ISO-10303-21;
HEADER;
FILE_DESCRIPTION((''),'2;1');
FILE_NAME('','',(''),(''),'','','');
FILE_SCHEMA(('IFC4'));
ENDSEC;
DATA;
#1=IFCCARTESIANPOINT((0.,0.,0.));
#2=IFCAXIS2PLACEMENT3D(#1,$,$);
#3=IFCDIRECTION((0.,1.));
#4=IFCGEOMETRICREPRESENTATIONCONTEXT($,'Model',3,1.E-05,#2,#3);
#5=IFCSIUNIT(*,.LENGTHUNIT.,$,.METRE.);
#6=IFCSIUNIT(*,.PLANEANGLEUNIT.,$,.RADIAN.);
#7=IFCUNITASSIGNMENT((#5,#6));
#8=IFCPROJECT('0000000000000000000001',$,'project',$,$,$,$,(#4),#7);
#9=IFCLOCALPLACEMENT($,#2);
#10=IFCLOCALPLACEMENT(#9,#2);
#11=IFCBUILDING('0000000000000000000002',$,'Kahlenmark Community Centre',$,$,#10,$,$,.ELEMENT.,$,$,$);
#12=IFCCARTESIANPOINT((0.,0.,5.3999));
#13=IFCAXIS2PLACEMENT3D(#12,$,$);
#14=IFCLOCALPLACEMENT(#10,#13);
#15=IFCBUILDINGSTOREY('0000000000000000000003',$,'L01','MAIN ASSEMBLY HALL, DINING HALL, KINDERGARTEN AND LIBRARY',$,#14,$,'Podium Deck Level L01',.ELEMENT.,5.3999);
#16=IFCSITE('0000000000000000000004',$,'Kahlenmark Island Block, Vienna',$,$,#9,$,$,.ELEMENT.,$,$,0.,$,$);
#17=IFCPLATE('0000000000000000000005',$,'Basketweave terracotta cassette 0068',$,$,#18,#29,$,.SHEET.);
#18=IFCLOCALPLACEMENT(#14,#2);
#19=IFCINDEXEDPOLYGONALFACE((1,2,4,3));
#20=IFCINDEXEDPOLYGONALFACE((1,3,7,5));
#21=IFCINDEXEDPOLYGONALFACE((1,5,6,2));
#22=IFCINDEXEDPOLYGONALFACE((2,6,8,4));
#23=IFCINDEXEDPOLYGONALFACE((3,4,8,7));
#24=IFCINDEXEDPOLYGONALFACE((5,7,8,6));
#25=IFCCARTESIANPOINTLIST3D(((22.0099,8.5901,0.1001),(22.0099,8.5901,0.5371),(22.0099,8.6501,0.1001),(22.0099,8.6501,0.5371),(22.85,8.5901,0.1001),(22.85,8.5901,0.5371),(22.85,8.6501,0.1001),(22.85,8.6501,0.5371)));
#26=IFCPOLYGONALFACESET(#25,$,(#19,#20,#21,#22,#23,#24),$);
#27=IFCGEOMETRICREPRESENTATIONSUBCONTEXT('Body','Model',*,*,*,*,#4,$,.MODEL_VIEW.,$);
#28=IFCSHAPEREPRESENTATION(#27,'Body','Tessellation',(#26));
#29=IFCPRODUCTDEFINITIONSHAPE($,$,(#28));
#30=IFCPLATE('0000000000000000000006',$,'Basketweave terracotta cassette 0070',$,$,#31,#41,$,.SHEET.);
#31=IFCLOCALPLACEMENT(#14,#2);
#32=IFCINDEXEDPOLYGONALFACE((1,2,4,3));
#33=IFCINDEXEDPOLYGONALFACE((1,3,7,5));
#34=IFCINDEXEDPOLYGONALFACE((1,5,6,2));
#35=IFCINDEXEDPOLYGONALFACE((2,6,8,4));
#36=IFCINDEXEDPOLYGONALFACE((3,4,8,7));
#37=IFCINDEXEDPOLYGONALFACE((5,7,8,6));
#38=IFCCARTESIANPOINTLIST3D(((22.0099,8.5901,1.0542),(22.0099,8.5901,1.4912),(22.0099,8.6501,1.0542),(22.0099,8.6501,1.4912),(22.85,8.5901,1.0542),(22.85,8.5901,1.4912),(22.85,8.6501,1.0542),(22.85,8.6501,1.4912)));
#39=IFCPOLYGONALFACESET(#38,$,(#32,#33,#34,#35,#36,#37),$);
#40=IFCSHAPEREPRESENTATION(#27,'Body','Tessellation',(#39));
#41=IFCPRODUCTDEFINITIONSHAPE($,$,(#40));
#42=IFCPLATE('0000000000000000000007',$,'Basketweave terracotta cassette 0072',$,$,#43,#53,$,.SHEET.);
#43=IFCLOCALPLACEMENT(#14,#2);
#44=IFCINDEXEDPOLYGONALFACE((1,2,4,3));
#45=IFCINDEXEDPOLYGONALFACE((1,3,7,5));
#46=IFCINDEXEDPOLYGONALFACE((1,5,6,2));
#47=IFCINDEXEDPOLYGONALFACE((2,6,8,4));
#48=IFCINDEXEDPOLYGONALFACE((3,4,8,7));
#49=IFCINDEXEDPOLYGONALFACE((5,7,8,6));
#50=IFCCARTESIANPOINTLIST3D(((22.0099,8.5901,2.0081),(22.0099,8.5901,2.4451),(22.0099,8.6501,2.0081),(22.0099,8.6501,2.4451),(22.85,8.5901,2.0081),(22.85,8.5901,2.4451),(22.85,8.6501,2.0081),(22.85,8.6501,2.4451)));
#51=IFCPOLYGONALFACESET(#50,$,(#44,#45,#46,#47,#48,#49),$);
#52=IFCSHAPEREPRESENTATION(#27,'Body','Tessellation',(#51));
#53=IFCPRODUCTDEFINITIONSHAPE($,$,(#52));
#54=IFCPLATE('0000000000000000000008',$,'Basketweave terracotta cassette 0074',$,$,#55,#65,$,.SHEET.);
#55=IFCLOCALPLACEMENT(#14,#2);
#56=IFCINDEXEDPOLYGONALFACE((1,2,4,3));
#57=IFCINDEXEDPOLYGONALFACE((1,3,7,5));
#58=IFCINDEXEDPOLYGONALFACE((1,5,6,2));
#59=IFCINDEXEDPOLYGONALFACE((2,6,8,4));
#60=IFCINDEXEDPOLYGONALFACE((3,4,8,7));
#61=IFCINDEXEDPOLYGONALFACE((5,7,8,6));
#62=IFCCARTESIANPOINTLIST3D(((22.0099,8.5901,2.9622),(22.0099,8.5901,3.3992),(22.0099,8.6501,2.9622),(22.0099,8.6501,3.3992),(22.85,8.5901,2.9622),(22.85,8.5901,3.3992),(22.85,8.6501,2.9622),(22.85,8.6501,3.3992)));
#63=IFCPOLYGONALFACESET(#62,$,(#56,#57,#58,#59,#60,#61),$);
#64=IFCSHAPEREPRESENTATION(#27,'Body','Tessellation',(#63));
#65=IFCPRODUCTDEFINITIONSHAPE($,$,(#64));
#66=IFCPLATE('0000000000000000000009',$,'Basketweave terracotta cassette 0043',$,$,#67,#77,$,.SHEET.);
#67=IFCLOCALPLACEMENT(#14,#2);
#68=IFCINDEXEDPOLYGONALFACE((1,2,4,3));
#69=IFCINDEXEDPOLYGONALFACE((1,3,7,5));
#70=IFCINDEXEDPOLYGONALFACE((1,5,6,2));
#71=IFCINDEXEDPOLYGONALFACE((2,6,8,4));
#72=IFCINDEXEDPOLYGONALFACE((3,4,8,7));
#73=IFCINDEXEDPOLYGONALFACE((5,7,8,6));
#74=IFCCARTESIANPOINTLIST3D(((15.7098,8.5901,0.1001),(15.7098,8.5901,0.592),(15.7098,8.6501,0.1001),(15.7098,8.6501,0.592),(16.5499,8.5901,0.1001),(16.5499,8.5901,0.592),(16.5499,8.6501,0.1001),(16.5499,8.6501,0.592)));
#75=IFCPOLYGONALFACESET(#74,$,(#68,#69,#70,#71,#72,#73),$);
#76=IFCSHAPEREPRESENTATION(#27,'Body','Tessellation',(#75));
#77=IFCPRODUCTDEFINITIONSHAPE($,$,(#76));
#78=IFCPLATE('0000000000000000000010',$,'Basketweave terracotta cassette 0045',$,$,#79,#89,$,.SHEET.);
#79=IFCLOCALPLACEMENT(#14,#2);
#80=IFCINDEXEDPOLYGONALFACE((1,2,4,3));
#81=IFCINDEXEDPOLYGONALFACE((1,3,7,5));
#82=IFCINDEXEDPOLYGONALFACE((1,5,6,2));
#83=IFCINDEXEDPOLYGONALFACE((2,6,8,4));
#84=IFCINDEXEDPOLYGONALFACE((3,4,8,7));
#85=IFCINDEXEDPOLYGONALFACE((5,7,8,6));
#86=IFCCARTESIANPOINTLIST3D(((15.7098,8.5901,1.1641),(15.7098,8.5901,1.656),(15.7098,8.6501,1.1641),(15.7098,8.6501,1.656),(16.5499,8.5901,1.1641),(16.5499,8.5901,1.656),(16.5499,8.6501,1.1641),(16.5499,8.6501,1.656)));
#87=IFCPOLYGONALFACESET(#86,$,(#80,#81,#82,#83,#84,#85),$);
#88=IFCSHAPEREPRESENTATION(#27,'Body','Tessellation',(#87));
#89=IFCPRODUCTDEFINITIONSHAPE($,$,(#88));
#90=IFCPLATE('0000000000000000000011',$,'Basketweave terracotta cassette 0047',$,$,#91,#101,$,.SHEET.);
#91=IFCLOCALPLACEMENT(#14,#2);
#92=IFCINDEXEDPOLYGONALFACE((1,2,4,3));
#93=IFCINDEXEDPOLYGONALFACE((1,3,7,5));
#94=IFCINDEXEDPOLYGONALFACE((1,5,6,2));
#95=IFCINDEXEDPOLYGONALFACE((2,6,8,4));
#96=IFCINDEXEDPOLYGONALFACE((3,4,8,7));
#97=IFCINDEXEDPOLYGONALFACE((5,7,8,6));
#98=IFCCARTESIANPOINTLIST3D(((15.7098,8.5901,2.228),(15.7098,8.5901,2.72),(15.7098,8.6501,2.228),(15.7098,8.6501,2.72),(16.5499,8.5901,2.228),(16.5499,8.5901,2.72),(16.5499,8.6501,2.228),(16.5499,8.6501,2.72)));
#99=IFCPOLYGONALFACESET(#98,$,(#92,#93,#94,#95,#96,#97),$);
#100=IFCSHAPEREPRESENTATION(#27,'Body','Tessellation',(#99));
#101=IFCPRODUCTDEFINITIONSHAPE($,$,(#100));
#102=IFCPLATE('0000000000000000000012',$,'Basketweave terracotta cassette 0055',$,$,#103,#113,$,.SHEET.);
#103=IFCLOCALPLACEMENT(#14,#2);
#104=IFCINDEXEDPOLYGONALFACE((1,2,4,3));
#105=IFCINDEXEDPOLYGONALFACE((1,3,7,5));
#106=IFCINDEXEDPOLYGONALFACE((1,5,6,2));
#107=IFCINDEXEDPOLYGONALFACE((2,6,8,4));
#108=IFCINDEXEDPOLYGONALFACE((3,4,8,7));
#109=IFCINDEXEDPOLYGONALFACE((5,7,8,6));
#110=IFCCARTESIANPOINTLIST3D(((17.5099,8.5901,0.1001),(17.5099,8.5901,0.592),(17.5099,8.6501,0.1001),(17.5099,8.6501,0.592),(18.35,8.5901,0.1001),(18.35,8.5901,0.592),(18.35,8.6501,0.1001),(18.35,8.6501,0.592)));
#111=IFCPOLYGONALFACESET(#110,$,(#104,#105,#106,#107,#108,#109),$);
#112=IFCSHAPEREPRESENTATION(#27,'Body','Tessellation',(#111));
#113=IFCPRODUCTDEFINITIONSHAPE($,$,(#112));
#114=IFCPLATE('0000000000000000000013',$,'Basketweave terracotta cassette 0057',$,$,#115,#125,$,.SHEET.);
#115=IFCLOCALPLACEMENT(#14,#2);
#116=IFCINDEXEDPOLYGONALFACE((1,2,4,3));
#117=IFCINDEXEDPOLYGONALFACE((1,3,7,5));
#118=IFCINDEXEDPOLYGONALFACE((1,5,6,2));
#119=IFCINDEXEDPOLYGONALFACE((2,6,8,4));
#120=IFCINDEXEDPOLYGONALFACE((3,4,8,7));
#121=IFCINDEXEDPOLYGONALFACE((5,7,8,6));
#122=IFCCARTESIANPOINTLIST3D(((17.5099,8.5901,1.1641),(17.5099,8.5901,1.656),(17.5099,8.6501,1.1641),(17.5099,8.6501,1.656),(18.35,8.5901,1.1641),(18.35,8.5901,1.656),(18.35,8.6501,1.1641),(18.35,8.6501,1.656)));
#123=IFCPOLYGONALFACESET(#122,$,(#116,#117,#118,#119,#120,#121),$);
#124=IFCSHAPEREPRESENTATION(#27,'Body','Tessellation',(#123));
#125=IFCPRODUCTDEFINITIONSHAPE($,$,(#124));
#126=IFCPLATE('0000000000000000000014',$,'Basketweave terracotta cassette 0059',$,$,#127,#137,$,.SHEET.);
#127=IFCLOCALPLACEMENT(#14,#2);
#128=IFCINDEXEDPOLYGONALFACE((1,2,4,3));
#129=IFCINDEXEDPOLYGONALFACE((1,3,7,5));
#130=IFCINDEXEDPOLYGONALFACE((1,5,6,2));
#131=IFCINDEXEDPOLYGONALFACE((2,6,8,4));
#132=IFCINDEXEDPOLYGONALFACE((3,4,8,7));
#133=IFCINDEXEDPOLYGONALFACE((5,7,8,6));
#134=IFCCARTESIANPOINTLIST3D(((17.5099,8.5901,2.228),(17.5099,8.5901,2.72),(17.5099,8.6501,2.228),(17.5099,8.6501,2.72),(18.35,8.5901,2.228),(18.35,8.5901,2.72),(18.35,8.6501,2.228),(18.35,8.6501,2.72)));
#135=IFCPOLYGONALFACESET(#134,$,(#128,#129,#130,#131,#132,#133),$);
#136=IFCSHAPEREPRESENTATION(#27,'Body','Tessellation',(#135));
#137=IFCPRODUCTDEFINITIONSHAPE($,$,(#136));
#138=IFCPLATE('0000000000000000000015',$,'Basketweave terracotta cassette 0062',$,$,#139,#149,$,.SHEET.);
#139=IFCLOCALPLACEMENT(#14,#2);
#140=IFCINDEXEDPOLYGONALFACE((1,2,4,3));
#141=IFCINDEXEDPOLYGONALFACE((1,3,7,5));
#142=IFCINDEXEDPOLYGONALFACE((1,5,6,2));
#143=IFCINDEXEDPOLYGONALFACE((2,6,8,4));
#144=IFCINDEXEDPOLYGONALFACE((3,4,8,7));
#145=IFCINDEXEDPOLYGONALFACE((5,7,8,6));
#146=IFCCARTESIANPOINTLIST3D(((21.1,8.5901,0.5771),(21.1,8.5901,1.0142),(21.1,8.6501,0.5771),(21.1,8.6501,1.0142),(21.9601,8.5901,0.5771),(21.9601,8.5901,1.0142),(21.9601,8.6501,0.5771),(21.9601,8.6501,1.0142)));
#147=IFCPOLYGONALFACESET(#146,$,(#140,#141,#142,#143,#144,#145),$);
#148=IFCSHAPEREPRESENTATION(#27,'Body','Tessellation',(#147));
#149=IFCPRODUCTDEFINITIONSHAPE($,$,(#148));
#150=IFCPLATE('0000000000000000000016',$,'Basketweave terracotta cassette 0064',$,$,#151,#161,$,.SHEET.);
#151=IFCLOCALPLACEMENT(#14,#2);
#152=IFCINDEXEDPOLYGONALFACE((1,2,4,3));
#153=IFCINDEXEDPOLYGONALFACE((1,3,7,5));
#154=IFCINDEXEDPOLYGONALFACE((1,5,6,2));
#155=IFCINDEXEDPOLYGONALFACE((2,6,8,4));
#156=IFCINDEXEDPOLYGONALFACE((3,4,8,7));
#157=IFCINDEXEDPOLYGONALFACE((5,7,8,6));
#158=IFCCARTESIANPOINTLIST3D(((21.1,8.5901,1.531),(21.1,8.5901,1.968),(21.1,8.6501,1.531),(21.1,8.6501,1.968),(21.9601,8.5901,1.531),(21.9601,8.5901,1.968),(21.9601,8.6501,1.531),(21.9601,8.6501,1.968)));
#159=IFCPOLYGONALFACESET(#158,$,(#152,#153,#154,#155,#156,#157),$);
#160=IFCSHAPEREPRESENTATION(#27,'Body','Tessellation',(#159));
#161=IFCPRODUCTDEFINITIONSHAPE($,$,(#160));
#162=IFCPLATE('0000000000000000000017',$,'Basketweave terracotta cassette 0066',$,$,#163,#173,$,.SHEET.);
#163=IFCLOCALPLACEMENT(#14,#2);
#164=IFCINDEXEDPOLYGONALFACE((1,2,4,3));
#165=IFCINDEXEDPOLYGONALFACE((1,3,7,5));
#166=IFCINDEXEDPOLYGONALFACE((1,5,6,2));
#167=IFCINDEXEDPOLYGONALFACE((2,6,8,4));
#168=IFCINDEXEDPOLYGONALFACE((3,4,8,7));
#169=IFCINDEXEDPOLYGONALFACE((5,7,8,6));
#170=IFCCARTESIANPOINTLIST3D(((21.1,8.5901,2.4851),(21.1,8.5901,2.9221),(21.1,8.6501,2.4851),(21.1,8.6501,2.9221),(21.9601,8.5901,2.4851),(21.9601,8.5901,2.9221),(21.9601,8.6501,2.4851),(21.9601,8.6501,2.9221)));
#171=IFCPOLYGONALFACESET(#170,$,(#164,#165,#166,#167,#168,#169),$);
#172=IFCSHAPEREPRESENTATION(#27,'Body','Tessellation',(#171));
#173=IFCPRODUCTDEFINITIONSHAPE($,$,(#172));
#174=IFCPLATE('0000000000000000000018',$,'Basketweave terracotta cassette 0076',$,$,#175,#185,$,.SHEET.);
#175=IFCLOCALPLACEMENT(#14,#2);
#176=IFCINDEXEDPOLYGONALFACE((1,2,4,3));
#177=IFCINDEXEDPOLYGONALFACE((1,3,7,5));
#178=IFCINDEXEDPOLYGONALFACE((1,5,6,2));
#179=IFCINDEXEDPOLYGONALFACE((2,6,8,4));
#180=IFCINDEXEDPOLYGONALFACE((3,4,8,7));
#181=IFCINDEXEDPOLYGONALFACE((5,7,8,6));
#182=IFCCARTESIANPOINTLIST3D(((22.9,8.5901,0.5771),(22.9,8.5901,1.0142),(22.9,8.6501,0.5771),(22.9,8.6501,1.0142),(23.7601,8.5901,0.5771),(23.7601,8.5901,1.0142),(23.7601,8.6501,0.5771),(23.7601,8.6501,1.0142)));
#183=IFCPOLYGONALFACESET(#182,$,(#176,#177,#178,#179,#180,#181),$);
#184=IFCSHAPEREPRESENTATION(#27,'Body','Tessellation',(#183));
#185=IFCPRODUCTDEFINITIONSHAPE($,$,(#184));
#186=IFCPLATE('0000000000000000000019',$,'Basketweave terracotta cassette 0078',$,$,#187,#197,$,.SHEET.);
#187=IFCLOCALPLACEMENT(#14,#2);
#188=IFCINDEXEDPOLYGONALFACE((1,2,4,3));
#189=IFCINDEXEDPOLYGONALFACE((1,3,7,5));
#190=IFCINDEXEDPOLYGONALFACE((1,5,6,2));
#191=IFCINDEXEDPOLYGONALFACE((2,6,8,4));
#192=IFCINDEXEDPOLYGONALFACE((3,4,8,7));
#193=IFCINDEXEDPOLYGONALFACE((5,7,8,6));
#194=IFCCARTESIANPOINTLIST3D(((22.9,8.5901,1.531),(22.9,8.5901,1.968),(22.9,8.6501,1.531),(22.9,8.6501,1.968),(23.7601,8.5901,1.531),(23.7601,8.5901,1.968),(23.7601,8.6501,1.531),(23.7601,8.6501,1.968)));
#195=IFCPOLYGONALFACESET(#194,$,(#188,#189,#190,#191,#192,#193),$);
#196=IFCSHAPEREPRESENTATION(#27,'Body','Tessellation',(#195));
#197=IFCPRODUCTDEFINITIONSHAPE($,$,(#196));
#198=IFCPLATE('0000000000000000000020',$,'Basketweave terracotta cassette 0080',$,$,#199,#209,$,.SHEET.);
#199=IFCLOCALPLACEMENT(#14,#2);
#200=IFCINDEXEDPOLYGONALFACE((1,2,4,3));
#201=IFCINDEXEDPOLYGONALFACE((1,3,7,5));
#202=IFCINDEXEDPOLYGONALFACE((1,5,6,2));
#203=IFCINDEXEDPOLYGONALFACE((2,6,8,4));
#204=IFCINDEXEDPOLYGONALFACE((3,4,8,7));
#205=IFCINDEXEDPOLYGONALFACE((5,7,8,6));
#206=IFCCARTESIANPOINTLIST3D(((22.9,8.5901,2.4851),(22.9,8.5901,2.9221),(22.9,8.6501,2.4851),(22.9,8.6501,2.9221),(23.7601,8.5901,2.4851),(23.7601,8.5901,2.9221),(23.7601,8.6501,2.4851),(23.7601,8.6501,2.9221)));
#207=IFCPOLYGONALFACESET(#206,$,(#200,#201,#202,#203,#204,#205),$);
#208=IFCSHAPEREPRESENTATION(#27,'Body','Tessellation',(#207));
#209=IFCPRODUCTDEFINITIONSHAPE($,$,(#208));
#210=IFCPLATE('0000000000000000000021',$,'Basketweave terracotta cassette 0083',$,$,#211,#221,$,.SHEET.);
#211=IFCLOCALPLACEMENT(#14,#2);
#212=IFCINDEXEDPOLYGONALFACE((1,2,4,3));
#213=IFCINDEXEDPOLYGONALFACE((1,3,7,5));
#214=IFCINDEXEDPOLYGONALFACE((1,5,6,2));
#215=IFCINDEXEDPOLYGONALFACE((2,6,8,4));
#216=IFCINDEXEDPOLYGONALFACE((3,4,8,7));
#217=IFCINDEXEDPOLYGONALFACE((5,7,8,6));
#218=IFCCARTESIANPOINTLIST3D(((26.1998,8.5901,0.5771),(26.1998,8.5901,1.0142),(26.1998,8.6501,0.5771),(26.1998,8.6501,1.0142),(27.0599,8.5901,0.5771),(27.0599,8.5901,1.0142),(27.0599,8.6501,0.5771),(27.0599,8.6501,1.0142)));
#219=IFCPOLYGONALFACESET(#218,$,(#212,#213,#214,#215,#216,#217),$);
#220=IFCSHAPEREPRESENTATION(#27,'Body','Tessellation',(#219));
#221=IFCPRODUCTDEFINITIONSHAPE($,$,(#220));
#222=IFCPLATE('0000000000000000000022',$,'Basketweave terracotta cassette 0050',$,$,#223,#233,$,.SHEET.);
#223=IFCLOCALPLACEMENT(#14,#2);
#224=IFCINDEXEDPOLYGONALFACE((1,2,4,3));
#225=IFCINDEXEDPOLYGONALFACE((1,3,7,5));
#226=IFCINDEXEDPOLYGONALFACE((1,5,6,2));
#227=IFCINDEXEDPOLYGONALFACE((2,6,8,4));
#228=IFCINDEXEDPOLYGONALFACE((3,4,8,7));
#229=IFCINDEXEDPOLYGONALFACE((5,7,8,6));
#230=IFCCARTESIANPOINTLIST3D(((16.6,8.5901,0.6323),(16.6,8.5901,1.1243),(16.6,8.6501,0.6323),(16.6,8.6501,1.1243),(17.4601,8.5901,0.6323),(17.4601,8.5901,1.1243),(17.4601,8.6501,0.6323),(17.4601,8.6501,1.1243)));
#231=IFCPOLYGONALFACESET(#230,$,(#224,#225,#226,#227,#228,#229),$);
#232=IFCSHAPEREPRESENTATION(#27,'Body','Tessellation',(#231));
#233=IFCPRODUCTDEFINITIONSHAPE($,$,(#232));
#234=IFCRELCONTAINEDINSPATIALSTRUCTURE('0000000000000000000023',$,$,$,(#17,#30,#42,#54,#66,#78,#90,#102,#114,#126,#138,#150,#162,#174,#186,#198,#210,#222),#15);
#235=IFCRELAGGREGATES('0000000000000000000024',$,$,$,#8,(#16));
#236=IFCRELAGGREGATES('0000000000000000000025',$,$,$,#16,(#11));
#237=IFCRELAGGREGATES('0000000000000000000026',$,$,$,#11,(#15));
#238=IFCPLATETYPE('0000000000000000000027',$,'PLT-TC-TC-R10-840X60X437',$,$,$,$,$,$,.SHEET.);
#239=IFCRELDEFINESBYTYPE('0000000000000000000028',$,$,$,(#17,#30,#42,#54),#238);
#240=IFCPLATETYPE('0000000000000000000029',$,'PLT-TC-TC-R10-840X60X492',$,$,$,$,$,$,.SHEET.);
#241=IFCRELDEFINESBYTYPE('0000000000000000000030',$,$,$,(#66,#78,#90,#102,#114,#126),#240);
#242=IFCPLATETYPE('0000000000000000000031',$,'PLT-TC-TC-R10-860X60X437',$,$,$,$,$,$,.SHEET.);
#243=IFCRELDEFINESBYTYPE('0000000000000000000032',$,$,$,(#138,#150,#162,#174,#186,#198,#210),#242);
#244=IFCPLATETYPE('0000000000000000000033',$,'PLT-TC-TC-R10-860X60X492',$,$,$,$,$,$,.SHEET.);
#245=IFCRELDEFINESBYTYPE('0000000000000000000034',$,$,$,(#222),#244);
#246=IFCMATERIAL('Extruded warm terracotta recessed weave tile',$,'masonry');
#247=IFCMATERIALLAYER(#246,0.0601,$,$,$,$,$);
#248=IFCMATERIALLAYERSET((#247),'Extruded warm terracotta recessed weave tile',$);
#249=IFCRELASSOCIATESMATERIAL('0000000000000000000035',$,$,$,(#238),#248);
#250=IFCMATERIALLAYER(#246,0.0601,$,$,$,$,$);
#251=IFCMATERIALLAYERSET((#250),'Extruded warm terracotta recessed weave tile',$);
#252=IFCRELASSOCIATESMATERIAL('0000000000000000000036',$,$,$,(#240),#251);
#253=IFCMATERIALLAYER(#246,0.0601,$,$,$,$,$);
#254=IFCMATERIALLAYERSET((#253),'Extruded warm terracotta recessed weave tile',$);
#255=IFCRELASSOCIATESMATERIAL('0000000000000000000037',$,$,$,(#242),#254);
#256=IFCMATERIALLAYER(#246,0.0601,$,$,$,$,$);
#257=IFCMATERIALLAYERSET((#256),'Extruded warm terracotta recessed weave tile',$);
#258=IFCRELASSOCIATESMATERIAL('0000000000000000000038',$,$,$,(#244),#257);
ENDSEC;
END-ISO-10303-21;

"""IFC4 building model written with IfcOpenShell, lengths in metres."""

from ifc_helpers import new_model, si_unit, direction, frame, origin, origin_2d, place, context, subcontext, project, spatial, rectangle, extrude, material, layer, layer_set, type_object, element, save


model = new_model("IFC4")

# Units and contexts
model_context = context("Model", 3, precision=1e-05, world=origin(), true_north=direction((0.0, 1.0)))
body_context = subcontext(model_context, "Body", "Model", "MODEL_VIEW")
ifc_project = project(units=[si_unit("LENGTHUNIT", "METRE"), si_unit("PLANEANGLEUNIT", "RADIAN")], contexts=[model_context])

# Site, building, storey
site_placement = place(None, origin())
site = spatial("IfcSite", under=ifc_project, at=site_placement, Name="Kahlenmark Island Block, Vienna", CompositionType="ELEMENT", RefElevation=0.0)
building_placement = place(site_placement, origin())
building = spatial("IfcBuilding", under=site, at=building_placement, Name="Kahlenmark Community Centre", CompositionType="ELEMENT")
storey_placement = place(building_placement, frame((0.0, 0.0, 5.3999)))
storey = spatial("IfcBuildingStorey", under=building, at=storey_placement, Name="L01", Description="MAIN ASSEMBLY HALL, DINING HALL, KINDERGARTEN AND LIBRARY", LongName="Podium Deck Level L01", CompositionType="ELEMENT", Elevation=5.3999)

# Plates
ifc_material = material(Name="Extruded warm terracotta recessed weave tile", Category="masonry")
ifc_layer_1 = layer(ifc_material, 0.0601)
ifc_layer_set_1 = layer_set([ifc_layer_1], Name="Extruded warm terracotta recessed weave tile")
plate_type_1 = type_object("IfcPlateType", Name="PLT-TC-TC-R10-840X60X437", PredefinedType="SHEET", material=ifc_layer_set_1)
for number, where, z_axis, x_axis, name in (
    (1, (22.4299, 8.6201, 0.1001), (0.0, 0.0, 1.0), (1.0, 0.0, 0.0), "Basketweave terracotta cassette 0068"),
    (2, (22.4299, 8.6201, 1.0542), (0.0, 0.0, 1.0), (1.0, 0.0, 0.0), "Basketweave terracotta cassette 0070"),
    (3, (22.4299, 8.6201, 2.0081), (0.0, 0.0, 1.0), (1.0, 0.0, 0.0), "Basketweave terracotta cassette 0072"),
    (4, (22.4299, 8.6201, 2.9622), (0.0, 0.0, 1.0), (1.0, 0.0, 0.0), "Basketweave terracotta cassette 0074"),
):
    element("IfcPlate", number, at=place(storey_placement, frame(where, z_axis=z_axis, x_axis=x_axis)), inside=storey, type_object=plate_type_1, Name=name, PredefinedType="SHEET", context=body_context, shape_type="SweptSolid", body=[
        extrude(rectangle(XDim=0.8401, YDim=0.0601, at=origin_2d()), origin(), (0.0, 0.0, 1.0), 0.437),
    ])
ifc_layer_2 = layer(ifc_material, 0.0601)
ifc_layer_set_2 = layer_set([ifc_layer_2], Name="Extruded warm terracotta recessed weave tile")
plate_type_2 = type_object("IfcPlateType", Name="PLT-TC-TC-R10-840X60X492", PredefinedType="SHEET", material=ifc_layer_set_2)
for number, where, z_axis, x_axis, name in (
    (5, (16.1299, 8.6201, 0.1001), (0.0, 0.0, 1.0), (1.0, 0.0, 0.0), "Basketweave terracotta cassette 0043"),
    (6, (16.1299, 8.6201, 1.1641), (0.0, 0.0, 1.0), (1.0, 0.0, 0.0), "Basketweave terracotta cassette 0045"),
    (7, (16.1299, 8.6201, 2.228), (0.0, 0.0, 1.0), (1.0, 0.0, 0.0), "Basketweave terracotta cassette 0047"),
    (8, (17.9299, 8.6201, 0.1001), (0.0, 0.0, 1.0), (1.0, 0.0, 0.0), "Basketweave terracotta cassette 0055"),
    (9, (17.9299, 8.6201, 1.1641), (0.0, 0.0, 1.0), (1.0, 0.0, 0.0), "Basketweave terracotta cassette 0057"),
    (10, (17.9299, 8.6201, 2.228), (0.0, 0.0, 1.0), (1.0, 0.0, 0.0), "Basketweave terracotta cassette 0059"),
):
    element("IfcPlate", number, at=place(storey_placement, frame(where, z_axis=z_axis, x_axis=x_axis)), inside=storey, type_object=plate_type_2, Name=name, PredefinedType="SHEET", context=body_context, shape_type="SweptSolid", body=[
        extrude(rectangle(XDim=0.8401, YDim=0.0601, at=origin_2d()), origin(), (0.0, 0.0, 1.0), 0.4919),
    ])
ifc_layer_3 = layer(ifc_material, 0.0601)
ifc_layer_set_3 = layer_set([ifc_layer_3], Name="Extruded warm terracotta recessed weave tile")
plate_type_3 = type_object("IfcPlateType", Name="PLT-TC-TC-R10-860X60X437", PredefinedType="SHEET", material=ifc_layer_set_3)
for number, where, z_axis, x_axis, name in (
    (11, (21.53, 8.6201, 0.5771), (0.0, 0.0, 1.0), (1.0, 0.0, 0.0), "Basketweave terracotta cassette 0062"),
    (12, (21.53, 8.6201, 1.531), (0.0, 0.0, 1.0), (1.0, 0.0, 0.0), "Basketweave terracotta cassette 0064"),
    (13, (21.53, 8.6201, 2.4851), (0.0, 0.0, 1.0), (1.0, 0.0, 0.0), "Basketweave terracotta cassette 0066"),
    (14, (23.3301, 8.6201, 0.5771), (0.0, 0.0, 1.0), (1.0, 0.0, 0.0), "Basketweave terracotta cassette 0076"),
    (15, (23.3301, 8.6201, 1.531), (0.0, 0.0, 1.0), (1.0, 0.0, 0.0), "Basketweave terracotta cassette 0078"),
    (16, (23.3301, 8.6201, 2.4851), (0.0, 0.0, 1.0), (1.0, 0.0, 0.0), "Basketweave terracotta cassette 0080"),
    (17, (26.6299, 8.6201, 0.5771), (0.0, 0.0, 1.0), (1.0, 0.0, 0.0), "Basketweave terracotta cassette 0083"),
):
    element("IfcPlate", number, at=place(storey_placement, frame(where, z_axis=z_axis, x_axis=x_axis)), inside=storey, type_object=plate_type_3, Name=name, PredefinedType="SHEET", context=body_context, shape_type="SweptSolid", body=[
        extrude(rectangle(XDim=0.8601, YDim=0.0601, at=origin_2d()), origin(), (0.0, 0.0, 1.0), 0.437),
    ])
ifc_layer_4 = layer(ifc_material, 0.0601)
ifc_layer_set_4 = layer_set([ifc_layer_4], Name="Extruded warm terracotta recessed weave tile")
plate_type_4 = type_object("IfcPlateType", Name="PLT-TC-TC-R10-860X60X492", PredefinedType="SHEET", material=ifc_layer_set_4)
for number, where, z_axis, x_axis, name in (
    (18, (17.03, 8.6201, 0.6323), (0.0, 0.0, 1.0), (1.0, 0.0, 0.0), "Basketweave terracotta cassette 0050"),
):
    element("IfcPlate", number, at=place(storey_placement, frame(where, z_axis=z_axis, x_axis=x_axis)), inside=storey, type_object=plate_type_4, Name=name, PredefinedType="SHEET", context=body_context, shape_type="SweptSolid", body=[
        extrude(rectangle(XDim=0.8601, YDim=0.0601, at=origin_2d()), origin(), (0.0, 0.0, 1.0), 0.4919),
    ])

save(model, "model.ifc")
